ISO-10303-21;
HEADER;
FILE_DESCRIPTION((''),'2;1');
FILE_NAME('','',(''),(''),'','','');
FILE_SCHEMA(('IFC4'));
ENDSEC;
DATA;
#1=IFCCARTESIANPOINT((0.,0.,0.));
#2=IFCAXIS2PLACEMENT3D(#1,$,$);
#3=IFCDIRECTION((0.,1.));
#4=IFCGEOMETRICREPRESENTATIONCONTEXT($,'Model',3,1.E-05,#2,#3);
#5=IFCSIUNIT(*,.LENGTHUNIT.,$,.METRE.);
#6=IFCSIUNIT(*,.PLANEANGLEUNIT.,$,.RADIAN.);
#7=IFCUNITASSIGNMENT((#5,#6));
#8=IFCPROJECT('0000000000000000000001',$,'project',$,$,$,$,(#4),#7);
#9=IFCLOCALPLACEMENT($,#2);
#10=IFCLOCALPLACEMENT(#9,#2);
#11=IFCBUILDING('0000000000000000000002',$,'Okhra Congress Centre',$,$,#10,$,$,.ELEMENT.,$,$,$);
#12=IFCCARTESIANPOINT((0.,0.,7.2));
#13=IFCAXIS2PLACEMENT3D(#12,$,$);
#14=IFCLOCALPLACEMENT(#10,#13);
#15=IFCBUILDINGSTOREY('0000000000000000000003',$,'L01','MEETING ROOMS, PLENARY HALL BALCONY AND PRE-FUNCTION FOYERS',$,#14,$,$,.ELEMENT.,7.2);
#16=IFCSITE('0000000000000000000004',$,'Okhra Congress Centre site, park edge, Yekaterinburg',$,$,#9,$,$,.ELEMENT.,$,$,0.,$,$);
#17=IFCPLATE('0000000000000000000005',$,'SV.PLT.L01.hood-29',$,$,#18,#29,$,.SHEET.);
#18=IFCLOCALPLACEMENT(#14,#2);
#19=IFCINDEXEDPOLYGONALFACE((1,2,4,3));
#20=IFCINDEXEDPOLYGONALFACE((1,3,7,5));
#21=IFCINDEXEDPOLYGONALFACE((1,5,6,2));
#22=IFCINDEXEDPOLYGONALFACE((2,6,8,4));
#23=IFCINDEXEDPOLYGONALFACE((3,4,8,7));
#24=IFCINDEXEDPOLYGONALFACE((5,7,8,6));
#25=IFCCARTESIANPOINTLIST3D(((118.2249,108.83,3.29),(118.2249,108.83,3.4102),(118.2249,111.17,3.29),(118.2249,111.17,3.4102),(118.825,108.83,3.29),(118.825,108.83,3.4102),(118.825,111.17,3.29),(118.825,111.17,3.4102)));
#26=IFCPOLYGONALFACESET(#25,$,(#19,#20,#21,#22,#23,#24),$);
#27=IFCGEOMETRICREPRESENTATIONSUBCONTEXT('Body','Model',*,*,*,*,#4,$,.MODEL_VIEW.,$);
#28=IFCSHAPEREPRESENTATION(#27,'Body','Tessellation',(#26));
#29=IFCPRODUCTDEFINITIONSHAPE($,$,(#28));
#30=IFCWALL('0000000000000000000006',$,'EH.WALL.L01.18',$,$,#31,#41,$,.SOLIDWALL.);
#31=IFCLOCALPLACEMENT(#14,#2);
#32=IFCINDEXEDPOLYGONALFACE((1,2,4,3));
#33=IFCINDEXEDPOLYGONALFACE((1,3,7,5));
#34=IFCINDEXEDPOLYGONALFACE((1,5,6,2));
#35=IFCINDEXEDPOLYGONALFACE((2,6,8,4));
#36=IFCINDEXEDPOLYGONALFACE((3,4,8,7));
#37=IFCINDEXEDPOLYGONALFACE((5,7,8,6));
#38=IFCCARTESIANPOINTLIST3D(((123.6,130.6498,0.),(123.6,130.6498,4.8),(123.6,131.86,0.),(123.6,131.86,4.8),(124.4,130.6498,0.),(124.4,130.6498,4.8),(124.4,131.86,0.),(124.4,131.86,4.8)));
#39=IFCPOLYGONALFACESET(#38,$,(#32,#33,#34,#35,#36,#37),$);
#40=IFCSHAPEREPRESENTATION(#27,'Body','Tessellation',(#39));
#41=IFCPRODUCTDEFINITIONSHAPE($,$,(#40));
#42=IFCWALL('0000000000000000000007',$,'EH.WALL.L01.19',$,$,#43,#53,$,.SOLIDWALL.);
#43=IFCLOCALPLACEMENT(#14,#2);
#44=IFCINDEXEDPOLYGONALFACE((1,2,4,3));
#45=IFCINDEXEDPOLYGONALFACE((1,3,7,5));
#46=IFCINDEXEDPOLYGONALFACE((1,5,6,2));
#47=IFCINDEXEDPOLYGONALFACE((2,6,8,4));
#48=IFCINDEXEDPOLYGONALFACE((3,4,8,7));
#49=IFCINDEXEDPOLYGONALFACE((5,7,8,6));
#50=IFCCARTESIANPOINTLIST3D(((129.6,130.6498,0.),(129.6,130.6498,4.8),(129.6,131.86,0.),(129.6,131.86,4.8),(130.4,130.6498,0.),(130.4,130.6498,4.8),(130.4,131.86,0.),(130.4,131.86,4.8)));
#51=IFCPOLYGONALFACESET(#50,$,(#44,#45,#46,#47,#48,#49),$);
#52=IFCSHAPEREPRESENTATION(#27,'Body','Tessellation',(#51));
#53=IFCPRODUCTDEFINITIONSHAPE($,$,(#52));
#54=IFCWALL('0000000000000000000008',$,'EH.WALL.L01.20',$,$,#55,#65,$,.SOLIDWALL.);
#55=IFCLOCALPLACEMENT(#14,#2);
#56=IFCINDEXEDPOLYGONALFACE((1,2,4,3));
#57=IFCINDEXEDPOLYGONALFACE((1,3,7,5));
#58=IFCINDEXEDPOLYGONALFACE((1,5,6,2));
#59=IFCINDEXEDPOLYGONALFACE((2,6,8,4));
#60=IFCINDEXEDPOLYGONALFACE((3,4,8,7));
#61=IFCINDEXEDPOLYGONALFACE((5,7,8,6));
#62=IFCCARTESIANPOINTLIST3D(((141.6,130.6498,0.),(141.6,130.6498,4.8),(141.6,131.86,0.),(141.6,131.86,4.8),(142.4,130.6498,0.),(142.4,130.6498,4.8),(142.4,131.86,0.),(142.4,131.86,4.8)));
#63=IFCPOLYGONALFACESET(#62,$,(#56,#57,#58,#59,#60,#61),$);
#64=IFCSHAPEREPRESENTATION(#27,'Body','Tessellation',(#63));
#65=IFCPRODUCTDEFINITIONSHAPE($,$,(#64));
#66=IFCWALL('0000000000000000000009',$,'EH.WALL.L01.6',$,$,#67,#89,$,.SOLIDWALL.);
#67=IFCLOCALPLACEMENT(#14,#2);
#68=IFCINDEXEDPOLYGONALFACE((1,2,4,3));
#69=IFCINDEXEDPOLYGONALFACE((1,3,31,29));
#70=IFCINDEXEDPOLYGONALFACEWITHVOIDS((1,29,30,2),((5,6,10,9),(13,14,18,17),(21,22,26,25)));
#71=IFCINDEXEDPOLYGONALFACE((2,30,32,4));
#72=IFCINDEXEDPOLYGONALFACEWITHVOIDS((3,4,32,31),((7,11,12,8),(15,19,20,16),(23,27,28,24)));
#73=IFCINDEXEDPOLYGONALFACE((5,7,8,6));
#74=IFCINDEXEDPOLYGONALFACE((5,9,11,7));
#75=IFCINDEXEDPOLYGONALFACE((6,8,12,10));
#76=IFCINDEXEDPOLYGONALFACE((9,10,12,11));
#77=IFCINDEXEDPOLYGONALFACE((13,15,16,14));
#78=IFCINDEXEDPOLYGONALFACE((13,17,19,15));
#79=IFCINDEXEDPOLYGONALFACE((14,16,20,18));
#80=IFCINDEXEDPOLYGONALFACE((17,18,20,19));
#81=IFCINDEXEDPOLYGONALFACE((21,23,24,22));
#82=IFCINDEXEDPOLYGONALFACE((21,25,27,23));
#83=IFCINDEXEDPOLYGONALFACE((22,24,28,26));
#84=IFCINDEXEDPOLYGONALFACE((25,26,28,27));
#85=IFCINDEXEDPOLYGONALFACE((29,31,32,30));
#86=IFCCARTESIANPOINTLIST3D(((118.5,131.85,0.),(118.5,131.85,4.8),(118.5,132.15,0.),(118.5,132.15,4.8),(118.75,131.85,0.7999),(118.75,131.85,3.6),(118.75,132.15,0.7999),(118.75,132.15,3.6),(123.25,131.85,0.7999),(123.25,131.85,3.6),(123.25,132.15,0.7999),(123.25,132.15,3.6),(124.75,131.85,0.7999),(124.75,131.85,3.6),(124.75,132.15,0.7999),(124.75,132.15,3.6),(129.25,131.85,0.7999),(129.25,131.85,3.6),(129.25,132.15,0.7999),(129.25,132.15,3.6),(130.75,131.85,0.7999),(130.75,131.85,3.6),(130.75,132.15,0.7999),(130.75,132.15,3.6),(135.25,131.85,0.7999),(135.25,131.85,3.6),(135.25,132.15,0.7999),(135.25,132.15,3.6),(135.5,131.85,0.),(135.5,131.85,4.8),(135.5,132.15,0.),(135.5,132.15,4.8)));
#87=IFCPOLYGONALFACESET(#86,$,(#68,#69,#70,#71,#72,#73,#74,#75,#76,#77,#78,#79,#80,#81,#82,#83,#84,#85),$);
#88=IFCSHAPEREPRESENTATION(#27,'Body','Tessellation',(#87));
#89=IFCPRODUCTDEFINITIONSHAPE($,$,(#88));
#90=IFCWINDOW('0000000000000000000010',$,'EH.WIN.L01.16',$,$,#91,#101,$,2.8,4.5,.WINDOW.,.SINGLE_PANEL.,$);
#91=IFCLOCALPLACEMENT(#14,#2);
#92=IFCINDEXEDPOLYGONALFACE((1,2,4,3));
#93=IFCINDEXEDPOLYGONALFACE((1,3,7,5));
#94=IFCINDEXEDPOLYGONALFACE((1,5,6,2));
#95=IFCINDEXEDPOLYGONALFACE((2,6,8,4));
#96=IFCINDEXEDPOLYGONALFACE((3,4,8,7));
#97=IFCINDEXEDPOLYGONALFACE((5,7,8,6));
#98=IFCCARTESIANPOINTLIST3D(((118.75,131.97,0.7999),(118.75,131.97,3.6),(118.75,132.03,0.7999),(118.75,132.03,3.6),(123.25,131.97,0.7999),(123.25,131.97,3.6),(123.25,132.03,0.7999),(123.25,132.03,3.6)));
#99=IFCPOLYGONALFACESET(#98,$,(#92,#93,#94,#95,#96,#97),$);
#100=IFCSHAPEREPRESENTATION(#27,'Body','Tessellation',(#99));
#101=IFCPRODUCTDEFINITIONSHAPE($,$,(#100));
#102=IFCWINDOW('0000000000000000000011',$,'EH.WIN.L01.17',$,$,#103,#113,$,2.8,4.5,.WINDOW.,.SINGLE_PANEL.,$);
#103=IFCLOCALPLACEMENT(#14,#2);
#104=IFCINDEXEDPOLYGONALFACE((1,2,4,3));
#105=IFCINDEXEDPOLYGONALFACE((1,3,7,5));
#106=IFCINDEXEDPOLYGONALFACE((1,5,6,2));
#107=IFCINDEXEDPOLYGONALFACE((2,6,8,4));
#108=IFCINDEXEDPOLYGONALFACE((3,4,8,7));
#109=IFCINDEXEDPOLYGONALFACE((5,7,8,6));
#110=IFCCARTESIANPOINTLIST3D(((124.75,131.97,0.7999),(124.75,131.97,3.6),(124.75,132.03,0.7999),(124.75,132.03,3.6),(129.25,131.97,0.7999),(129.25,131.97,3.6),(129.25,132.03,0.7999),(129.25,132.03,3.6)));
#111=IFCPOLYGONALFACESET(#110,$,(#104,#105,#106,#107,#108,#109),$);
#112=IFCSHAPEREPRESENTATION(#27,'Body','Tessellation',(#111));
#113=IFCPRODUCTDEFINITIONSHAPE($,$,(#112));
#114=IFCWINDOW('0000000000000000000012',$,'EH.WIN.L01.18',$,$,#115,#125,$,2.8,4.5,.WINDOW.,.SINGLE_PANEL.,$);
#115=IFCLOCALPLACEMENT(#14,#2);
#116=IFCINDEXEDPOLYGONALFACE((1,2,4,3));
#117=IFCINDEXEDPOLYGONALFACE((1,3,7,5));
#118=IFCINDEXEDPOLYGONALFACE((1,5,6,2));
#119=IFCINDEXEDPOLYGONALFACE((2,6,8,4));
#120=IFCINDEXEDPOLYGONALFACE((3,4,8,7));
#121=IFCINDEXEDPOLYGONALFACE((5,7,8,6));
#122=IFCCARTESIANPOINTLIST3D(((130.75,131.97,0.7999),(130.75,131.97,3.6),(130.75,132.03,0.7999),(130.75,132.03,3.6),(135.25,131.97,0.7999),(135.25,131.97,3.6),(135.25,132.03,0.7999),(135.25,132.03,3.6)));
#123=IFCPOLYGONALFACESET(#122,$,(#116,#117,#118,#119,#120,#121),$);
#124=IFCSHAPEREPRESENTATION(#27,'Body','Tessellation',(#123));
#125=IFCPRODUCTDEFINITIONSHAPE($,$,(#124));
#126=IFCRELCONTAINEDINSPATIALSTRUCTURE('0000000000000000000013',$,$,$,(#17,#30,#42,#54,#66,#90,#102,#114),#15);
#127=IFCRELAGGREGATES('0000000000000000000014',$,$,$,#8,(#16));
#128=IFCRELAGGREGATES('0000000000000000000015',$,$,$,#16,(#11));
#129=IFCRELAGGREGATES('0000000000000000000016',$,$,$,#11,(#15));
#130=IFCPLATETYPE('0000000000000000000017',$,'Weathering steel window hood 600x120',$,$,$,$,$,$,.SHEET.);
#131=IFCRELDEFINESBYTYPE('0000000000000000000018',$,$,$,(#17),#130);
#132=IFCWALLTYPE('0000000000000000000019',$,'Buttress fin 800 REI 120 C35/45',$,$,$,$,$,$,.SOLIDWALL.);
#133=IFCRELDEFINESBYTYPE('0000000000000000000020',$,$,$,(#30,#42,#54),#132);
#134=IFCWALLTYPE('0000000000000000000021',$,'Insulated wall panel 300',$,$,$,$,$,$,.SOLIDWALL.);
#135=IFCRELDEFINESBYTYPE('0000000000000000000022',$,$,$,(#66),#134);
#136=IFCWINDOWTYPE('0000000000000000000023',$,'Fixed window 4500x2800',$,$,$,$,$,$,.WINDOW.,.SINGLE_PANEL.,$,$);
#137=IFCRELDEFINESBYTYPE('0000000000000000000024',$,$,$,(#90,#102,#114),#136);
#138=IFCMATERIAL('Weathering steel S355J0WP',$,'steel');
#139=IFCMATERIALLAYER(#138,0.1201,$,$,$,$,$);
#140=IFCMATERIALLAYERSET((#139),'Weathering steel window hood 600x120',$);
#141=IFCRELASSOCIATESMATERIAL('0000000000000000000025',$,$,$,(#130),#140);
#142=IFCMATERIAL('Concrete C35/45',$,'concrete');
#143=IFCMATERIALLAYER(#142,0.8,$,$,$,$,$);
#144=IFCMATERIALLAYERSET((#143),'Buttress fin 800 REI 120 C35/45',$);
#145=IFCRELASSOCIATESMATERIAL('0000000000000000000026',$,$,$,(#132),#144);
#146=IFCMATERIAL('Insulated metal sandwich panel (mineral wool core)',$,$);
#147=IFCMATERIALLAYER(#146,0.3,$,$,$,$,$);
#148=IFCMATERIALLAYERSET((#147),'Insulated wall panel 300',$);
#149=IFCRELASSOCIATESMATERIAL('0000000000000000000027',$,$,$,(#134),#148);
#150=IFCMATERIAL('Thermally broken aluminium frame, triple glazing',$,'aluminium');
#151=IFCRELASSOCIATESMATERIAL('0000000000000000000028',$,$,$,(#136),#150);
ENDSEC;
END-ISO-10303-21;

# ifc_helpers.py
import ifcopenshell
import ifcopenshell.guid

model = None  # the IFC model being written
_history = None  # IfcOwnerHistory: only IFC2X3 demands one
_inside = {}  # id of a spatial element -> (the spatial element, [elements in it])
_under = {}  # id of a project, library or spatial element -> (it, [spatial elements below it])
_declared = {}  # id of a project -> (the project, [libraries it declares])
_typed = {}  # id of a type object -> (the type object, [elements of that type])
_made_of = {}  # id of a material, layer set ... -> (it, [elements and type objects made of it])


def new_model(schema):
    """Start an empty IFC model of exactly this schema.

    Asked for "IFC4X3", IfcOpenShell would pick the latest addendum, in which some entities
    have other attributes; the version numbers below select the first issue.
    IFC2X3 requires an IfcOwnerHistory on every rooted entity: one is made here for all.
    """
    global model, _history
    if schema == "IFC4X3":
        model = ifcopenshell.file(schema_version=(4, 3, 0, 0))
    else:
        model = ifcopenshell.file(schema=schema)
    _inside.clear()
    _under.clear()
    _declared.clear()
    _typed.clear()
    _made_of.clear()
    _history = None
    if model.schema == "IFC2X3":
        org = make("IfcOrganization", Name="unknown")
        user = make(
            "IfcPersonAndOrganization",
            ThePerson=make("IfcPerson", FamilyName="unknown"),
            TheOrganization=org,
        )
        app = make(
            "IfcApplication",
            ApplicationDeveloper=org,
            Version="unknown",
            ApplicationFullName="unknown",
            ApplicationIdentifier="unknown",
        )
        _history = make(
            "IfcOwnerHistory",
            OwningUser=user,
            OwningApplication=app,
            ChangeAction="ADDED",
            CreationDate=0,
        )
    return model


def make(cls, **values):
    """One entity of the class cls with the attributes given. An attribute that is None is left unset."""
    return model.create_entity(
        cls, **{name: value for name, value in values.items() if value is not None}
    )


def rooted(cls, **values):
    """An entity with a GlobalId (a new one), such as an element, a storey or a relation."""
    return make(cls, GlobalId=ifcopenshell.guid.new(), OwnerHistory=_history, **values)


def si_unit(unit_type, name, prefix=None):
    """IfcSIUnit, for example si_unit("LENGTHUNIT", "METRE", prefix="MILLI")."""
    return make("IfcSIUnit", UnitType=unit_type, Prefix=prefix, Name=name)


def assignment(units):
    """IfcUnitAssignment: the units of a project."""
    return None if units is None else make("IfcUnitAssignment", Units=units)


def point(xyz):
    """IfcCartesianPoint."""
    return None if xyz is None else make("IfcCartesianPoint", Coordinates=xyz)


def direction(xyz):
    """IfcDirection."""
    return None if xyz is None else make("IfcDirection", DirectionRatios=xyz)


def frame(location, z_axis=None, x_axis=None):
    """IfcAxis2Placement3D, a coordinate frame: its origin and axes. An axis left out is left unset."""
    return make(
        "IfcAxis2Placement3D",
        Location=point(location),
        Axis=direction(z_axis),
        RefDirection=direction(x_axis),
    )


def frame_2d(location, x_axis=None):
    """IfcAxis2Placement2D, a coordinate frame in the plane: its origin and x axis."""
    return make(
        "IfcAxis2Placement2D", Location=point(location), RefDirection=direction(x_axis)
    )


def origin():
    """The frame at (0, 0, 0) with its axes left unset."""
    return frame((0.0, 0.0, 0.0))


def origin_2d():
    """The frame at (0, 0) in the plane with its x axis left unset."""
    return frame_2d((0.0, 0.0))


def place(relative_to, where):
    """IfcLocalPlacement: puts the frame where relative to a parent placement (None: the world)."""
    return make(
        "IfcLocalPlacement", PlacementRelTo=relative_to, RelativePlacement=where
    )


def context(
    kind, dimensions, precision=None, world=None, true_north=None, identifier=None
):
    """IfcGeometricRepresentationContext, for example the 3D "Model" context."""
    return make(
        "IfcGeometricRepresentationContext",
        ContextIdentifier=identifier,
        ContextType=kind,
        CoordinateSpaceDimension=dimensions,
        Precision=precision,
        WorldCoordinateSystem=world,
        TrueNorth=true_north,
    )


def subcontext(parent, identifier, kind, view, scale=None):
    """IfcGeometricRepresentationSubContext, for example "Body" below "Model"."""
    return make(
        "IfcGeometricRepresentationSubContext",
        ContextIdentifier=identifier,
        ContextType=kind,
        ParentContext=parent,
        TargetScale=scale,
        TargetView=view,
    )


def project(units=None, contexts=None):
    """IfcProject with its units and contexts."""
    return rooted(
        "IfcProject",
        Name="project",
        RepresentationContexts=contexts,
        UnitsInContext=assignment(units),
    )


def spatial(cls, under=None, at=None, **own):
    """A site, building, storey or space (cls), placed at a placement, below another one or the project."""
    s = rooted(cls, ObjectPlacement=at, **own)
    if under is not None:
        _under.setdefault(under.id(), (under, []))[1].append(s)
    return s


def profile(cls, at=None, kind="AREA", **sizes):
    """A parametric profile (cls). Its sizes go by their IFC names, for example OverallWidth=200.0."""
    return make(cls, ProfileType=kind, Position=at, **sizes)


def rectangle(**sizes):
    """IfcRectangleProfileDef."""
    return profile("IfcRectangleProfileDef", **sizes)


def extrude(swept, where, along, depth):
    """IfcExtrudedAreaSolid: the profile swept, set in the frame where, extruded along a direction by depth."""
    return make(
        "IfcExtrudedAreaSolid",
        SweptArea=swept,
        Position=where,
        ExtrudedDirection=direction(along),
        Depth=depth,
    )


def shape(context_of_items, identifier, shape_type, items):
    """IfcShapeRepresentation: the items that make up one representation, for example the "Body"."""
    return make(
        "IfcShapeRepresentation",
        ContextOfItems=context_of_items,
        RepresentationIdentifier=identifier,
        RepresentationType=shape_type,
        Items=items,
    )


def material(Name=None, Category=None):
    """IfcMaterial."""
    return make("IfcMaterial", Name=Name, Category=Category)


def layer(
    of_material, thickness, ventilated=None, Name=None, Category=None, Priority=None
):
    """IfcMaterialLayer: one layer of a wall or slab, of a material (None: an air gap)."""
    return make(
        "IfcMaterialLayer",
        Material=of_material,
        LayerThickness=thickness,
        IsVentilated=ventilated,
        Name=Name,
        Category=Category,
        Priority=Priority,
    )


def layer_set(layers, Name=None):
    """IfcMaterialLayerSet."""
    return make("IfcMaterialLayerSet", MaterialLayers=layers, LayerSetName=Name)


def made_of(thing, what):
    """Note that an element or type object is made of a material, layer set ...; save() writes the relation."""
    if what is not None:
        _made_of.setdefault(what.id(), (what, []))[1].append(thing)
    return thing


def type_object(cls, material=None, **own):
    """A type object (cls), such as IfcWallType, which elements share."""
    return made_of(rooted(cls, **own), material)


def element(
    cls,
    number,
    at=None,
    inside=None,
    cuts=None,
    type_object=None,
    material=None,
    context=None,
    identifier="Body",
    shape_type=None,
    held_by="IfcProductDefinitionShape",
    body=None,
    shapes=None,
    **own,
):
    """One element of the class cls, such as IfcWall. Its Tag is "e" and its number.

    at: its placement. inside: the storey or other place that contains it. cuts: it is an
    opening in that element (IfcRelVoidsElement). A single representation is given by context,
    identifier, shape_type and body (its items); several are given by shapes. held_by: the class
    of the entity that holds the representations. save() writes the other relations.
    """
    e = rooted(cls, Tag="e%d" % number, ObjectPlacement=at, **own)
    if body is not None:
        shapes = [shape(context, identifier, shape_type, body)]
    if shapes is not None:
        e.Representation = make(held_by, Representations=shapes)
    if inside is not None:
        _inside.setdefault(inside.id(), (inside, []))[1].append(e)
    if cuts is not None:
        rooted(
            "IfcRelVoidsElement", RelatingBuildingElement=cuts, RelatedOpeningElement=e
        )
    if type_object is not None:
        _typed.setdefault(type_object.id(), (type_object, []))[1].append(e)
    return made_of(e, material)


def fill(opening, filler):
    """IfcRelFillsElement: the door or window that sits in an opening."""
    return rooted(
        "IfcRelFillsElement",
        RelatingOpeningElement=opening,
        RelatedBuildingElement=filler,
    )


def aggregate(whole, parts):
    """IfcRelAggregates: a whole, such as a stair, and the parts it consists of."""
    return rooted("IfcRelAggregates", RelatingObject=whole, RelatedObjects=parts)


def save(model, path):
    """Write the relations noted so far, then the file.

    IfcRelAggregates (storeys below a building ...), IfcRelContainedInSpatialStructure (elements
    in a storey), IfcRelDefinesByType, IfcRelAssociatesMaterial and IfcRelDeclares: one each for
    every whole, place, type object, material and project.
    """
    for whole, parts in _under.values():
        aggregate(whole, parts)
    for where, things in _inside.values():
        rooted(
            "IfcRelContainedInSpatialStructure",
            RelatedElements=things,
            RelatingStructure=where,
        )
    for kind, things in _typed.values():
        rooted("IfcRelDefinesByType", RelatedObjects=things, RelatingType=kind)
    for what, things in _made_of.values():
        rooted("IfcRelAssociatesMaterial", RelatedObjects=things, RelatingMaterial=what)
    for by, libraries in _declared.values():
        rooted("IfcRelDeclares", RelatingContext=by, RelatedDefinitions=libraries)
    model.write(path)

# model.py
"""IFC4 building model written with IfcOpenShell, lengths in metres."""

from ifc_helpers import new_model, si_unit, direction, frame, frame_2d, origin, origin_2d, place, context, subcontext, project, spatial, rectangle, extrude, material, layer, layer_set, type_object, element, fill, save


model = new_model("IFC4")

# Units and contexts
model_context = context("Model", 3, precision=1e-05, world=origin(), true_north=direction((0.0, 1.0)))
body_context = subcontext(model_context, "Body", "Model", "MODEL_VIEW")
ifc_project = project(units=[si_unit("LENGTHUNIT", "METRE"), si_unit("PLANEANGLEUNIT", "RADIAN")], contexts=[model_context])

# Site, building, storey
site_placement = place(None, origin())
site = spatial("IfcSite", under=ifc_project, at=site_placement, Name="Okhra Congress Centre site, park edge, Yekaterinburg", CompositionType="ELEMENT", RefElevation=0.0)
building_placement = place(site_placement, origin())
building = spatial("IfcBuilding", under=site, at=building_placement, Name="Okhra Congress Centre", CompositionType="ELEMENT")
storey_placement = place(building_placement, frame((0.0, 0.0, 7.2)))
storey = spatial("IfcBuildingStorey", under=building, at=storey_placement, Name="L01", Description="MEETING ROOMS, PLENARY HALL BALCONY AND PRE-FUNCTION FOYERS", CompositionType="ELEMENT", Elevation=7.2)

# Shared definitions
ifc_material_1 = material(Name="Concrete C35/45", Category="concrete")

# Plate
ifc_material_2 = material(Name="Weathering steel S355J0WP", Category="steel")
ifc_layer_1 = layer(ifc_material_2, 0.1201)
ifc_layer_set_1 = layer_set([ifc_layer_1], Name="Weathering steel window hood 600x120")
plate_type_1 = type_object("IfcPlateType", Name="Weathering steel window hood 600x120", PredefinedType="SHEET", material=ifc_layer_set_1)
plate_1_placement = place(storey_placement, frame((118.5249, 110.0, 3.29), z_axis=(0.0, 0.0, 1.0), x_axis=(0.0, 1.0, 0.0)))
element("IfcPlate", 1, at=plate_1_placement, inside=storey, type_object=plate_type_1, Name="SV.PLT.L01.hood-29", PredefinedType="SHEET", context=body_context, shape_type="SweptSolid", body=[
    extrude(rectangle(XDim=2.3401, YDim=0.6001, at=origin_2d()), origin(), (0.0, 0.0, 1.0), 0.1201),
])

# Walls
ifc_layer_2 = layer(ifc_material_1, 0.8)
ifc_layer_set_2 = layer_set([ifc_layer_2], Name="Buttress fin 800 REI 120 C35/45")
wall_type_1 = type_object("IfcWallType", Name="Buttress fin 800 REI 120 C35/45", PredefinedType="SOLIDWALL", material=ifc_layer_set_2)
for number, where, z_axis, x_axis, name in (
    (2, (124.0, 130.6499, 0.0), (0.0, 0.0, 1.0), (0.0, 1.0, 0.0), "EH.WALL.L01.18"),
    (3, (130.0, 130.6499, 0.0), (0.0, 0.0, 1.0), (0.0, 1.0, 0.0), "EH.WALL.L01.19"),
    (4, (142.0, 130.6499, 0.0), (0.0, 0.0, 1.0), (0.0, 1.0, 0.0), "EH.WALL.L01.20"),
):
    element("IfcWall", number, at=place(storey_placement, frame(where, z_axis=z_axis, x_axis=x_axis)), inside=storey, type_object=wall_type_1, Name=name, PredefinedType="SOLIDWALL", context=body_context, shape_type="SweptSolid", body=[
        extrude(rectangle(XDim=1.2102, YDim=0.8, at=frame_2d((0.605, 0.0))), origin(), (0.0, 0.0, 1.0), 4.8),
    ])

# Wall, openings, windows
ifc_material_3 = material(Name="Insulated metal sandwich panel (mineral wool core)")
ifc_layer_3 = layer(ifc_material_3, 0.3)
ifc_layer_set_3 = layer_set([ifc_layer_3], Name="Insulated wall panel 300")
wall_type_2 = type_object("IfcWallType", Name="Insulated wall panel 300", PredefinedType="SOLIDWALL", material=ifc_layer_set_3)
wall_1_placement = place(storey_placement, frame((118.5, 132.0, 0.0), z_axis=(0.0, 0.0, 1.0), x_axis=(1.0, 0.0, 0.0)))
wall_1 = element("IfcWall", 5, at=wall_1_placement, inside=storey, type_object=wall_type_2, Name="EH.WALL.L01.6", PredefinedType="SOLIDWALL", context=body_context, shape_type="SweptSolid", body=[
    extrude(rectangle(XDim=17.0, YDim=0.3, at=frame_2d((8.5, 0.0))), origin(), (0.0, 0.0, 1.0), 4.8),
])
opening_1_placement = place(wall_1_placement, frame((0.25, 0.0, 0.8)))
opening_1 = element("IfcOpeningElement", 6, at=opening_1_placement, cuts=wall_1, PredefinedType="OPENING", context=body_context, shape_type="SweptSolid", body=[
    extrude(rectangle(XDim=4.5, YDim=2.8, at=frame_2d((2.25, 1.3999))), frame((0.0, 0.1599, 0.0), z_axis=(0.0, -1.0, 0.0), x_axis=(1.0, 0.0, 0.0)), (0.0, 0.0, 1.0), 0.3201),
])
opening_2_placement = place(wall_1_placement, frame((6.25, 0.0, 0.8)))
opening_2 = element("IfcOpeningElement", 7, at=opening_2_placement, cuts=wall_1, PredefinedType="OPENING", context=body_context, shape_type="SweptSolid", body=[
    extrude(rectangle(XDim=4.5, YDim=2.8, at=frame_2d((2.25, 1.3999))), frame((0.0, 0.1599, 0.0), z_axis=(0.0, -1.0, 0.0), x_axis=(1.0, 0.0, 0.0)), (0.0, 0.0, 1.0), 0.3201),
])
opening_3_placement = place(wall_1_placement, frame((12.25, 0.0, 0.8)))
opening_3 = element("IfcOpeningElement", 8, at=opening_3_placement, cuts=wall_1, PredefinedType="OPENING", context=body_context, shape_type="SweptSolid", body=[
    extrude(rectangle(XDim=4.5, YDim=2.8, at=frame_2d((2.25, 1.3999))), frame((0.0, 0.1599, 0.0), z_axis=(0.0, -1.0, 0.0), x_axis=(1.0, 0.0, 0.0)), (0.0, 0.0, 1.0), 0.3201),
])
ifc_material_4 = material(Name="Thermally broken aluminium frame, triple glazing", Category="aluminium")
window_type_1 = type_object("IfcWindowType", Name="Fixed window 4500x2800", PartitioningType="SINGLE_PANEL", PredefinedType="WINDOW", material=ifc_material_4)
window_1_placement = place(opening_1_placement, origin())
window_1 = element("IfcWindow", 9, at=window_1_placement, inside=storey, type_object=window_type_1, Name="EH.WIN.L01.16", OverallHeight=2.8, OverallWidth=4.5, PartitioningType="SINGLE_PANEL", PredefinedType="WINDOW", context=body_context, shape_type="SweptSolid", body=[
    extrude(rectangle(XDim=4.5, YDim=2.8, at=frame_2d((2.25, 1.3999))), frame((0.0, 0.03, 0.0), z_axis=(0.0, -1.0, 0.0), x_axis=(1.0, 0.0, 0.0)), (0.0, 0.0, 1.0), 0.0601),
])
fill(opening_1, window_1)
window_2_placement = place(opening_2_placement, origin())
window_2 = element("IfcWindow", 10, at=window_2_placement, inside=storey, type_object=window_type_1, Name="EH.WIN.L01.17", OverallHeight=2.8, OverallWidth=4.5, PartitioningType="SINGLE_PANEL", PredefinedType="WINDOW", context=body_context, shape_type="SweptSolid", body=[
    extrude(rectangle(XDim=4.5, YDim=2.8, at=frame_2d((2.25, 1.3999))), frame((0.0, 0.03, 0.0), z_axis=(0.0, -1.0, 0.0), x_axis=(1.0, 0.0, 0.0)), (0.0, 0.0, 1.0), 0.0601),
])
fill(opening_2, window_2)
window_3_placement = place(opening_3_placement, origin())
window_3 = element("IfcWindow", 11, at=window_3_placement, inside=storey, type_object=window_type_1, Name="EH.WIN.L01.18", OverallHeight=2.8, OverallWidth=4.5, PartitioningType="SINGLE_PANEL", PredefinedType="WINDOW", context=body_context, shape_type="SweptSolid", body=[
    extrude(rectangle(XDim=4.5, YDim=2.8, at=frame_2d((2.25, 1.3999))), frame((0.0, 0.03, 0.0), z_axis=(0.0, -1.0, 0.0), x_axis=(1.0, 0.0, 0.0)), (0.0, 0.0, 1.0), 0.0601),
])
fill(opening_3, window_3)

save(model, "model.ifc")
